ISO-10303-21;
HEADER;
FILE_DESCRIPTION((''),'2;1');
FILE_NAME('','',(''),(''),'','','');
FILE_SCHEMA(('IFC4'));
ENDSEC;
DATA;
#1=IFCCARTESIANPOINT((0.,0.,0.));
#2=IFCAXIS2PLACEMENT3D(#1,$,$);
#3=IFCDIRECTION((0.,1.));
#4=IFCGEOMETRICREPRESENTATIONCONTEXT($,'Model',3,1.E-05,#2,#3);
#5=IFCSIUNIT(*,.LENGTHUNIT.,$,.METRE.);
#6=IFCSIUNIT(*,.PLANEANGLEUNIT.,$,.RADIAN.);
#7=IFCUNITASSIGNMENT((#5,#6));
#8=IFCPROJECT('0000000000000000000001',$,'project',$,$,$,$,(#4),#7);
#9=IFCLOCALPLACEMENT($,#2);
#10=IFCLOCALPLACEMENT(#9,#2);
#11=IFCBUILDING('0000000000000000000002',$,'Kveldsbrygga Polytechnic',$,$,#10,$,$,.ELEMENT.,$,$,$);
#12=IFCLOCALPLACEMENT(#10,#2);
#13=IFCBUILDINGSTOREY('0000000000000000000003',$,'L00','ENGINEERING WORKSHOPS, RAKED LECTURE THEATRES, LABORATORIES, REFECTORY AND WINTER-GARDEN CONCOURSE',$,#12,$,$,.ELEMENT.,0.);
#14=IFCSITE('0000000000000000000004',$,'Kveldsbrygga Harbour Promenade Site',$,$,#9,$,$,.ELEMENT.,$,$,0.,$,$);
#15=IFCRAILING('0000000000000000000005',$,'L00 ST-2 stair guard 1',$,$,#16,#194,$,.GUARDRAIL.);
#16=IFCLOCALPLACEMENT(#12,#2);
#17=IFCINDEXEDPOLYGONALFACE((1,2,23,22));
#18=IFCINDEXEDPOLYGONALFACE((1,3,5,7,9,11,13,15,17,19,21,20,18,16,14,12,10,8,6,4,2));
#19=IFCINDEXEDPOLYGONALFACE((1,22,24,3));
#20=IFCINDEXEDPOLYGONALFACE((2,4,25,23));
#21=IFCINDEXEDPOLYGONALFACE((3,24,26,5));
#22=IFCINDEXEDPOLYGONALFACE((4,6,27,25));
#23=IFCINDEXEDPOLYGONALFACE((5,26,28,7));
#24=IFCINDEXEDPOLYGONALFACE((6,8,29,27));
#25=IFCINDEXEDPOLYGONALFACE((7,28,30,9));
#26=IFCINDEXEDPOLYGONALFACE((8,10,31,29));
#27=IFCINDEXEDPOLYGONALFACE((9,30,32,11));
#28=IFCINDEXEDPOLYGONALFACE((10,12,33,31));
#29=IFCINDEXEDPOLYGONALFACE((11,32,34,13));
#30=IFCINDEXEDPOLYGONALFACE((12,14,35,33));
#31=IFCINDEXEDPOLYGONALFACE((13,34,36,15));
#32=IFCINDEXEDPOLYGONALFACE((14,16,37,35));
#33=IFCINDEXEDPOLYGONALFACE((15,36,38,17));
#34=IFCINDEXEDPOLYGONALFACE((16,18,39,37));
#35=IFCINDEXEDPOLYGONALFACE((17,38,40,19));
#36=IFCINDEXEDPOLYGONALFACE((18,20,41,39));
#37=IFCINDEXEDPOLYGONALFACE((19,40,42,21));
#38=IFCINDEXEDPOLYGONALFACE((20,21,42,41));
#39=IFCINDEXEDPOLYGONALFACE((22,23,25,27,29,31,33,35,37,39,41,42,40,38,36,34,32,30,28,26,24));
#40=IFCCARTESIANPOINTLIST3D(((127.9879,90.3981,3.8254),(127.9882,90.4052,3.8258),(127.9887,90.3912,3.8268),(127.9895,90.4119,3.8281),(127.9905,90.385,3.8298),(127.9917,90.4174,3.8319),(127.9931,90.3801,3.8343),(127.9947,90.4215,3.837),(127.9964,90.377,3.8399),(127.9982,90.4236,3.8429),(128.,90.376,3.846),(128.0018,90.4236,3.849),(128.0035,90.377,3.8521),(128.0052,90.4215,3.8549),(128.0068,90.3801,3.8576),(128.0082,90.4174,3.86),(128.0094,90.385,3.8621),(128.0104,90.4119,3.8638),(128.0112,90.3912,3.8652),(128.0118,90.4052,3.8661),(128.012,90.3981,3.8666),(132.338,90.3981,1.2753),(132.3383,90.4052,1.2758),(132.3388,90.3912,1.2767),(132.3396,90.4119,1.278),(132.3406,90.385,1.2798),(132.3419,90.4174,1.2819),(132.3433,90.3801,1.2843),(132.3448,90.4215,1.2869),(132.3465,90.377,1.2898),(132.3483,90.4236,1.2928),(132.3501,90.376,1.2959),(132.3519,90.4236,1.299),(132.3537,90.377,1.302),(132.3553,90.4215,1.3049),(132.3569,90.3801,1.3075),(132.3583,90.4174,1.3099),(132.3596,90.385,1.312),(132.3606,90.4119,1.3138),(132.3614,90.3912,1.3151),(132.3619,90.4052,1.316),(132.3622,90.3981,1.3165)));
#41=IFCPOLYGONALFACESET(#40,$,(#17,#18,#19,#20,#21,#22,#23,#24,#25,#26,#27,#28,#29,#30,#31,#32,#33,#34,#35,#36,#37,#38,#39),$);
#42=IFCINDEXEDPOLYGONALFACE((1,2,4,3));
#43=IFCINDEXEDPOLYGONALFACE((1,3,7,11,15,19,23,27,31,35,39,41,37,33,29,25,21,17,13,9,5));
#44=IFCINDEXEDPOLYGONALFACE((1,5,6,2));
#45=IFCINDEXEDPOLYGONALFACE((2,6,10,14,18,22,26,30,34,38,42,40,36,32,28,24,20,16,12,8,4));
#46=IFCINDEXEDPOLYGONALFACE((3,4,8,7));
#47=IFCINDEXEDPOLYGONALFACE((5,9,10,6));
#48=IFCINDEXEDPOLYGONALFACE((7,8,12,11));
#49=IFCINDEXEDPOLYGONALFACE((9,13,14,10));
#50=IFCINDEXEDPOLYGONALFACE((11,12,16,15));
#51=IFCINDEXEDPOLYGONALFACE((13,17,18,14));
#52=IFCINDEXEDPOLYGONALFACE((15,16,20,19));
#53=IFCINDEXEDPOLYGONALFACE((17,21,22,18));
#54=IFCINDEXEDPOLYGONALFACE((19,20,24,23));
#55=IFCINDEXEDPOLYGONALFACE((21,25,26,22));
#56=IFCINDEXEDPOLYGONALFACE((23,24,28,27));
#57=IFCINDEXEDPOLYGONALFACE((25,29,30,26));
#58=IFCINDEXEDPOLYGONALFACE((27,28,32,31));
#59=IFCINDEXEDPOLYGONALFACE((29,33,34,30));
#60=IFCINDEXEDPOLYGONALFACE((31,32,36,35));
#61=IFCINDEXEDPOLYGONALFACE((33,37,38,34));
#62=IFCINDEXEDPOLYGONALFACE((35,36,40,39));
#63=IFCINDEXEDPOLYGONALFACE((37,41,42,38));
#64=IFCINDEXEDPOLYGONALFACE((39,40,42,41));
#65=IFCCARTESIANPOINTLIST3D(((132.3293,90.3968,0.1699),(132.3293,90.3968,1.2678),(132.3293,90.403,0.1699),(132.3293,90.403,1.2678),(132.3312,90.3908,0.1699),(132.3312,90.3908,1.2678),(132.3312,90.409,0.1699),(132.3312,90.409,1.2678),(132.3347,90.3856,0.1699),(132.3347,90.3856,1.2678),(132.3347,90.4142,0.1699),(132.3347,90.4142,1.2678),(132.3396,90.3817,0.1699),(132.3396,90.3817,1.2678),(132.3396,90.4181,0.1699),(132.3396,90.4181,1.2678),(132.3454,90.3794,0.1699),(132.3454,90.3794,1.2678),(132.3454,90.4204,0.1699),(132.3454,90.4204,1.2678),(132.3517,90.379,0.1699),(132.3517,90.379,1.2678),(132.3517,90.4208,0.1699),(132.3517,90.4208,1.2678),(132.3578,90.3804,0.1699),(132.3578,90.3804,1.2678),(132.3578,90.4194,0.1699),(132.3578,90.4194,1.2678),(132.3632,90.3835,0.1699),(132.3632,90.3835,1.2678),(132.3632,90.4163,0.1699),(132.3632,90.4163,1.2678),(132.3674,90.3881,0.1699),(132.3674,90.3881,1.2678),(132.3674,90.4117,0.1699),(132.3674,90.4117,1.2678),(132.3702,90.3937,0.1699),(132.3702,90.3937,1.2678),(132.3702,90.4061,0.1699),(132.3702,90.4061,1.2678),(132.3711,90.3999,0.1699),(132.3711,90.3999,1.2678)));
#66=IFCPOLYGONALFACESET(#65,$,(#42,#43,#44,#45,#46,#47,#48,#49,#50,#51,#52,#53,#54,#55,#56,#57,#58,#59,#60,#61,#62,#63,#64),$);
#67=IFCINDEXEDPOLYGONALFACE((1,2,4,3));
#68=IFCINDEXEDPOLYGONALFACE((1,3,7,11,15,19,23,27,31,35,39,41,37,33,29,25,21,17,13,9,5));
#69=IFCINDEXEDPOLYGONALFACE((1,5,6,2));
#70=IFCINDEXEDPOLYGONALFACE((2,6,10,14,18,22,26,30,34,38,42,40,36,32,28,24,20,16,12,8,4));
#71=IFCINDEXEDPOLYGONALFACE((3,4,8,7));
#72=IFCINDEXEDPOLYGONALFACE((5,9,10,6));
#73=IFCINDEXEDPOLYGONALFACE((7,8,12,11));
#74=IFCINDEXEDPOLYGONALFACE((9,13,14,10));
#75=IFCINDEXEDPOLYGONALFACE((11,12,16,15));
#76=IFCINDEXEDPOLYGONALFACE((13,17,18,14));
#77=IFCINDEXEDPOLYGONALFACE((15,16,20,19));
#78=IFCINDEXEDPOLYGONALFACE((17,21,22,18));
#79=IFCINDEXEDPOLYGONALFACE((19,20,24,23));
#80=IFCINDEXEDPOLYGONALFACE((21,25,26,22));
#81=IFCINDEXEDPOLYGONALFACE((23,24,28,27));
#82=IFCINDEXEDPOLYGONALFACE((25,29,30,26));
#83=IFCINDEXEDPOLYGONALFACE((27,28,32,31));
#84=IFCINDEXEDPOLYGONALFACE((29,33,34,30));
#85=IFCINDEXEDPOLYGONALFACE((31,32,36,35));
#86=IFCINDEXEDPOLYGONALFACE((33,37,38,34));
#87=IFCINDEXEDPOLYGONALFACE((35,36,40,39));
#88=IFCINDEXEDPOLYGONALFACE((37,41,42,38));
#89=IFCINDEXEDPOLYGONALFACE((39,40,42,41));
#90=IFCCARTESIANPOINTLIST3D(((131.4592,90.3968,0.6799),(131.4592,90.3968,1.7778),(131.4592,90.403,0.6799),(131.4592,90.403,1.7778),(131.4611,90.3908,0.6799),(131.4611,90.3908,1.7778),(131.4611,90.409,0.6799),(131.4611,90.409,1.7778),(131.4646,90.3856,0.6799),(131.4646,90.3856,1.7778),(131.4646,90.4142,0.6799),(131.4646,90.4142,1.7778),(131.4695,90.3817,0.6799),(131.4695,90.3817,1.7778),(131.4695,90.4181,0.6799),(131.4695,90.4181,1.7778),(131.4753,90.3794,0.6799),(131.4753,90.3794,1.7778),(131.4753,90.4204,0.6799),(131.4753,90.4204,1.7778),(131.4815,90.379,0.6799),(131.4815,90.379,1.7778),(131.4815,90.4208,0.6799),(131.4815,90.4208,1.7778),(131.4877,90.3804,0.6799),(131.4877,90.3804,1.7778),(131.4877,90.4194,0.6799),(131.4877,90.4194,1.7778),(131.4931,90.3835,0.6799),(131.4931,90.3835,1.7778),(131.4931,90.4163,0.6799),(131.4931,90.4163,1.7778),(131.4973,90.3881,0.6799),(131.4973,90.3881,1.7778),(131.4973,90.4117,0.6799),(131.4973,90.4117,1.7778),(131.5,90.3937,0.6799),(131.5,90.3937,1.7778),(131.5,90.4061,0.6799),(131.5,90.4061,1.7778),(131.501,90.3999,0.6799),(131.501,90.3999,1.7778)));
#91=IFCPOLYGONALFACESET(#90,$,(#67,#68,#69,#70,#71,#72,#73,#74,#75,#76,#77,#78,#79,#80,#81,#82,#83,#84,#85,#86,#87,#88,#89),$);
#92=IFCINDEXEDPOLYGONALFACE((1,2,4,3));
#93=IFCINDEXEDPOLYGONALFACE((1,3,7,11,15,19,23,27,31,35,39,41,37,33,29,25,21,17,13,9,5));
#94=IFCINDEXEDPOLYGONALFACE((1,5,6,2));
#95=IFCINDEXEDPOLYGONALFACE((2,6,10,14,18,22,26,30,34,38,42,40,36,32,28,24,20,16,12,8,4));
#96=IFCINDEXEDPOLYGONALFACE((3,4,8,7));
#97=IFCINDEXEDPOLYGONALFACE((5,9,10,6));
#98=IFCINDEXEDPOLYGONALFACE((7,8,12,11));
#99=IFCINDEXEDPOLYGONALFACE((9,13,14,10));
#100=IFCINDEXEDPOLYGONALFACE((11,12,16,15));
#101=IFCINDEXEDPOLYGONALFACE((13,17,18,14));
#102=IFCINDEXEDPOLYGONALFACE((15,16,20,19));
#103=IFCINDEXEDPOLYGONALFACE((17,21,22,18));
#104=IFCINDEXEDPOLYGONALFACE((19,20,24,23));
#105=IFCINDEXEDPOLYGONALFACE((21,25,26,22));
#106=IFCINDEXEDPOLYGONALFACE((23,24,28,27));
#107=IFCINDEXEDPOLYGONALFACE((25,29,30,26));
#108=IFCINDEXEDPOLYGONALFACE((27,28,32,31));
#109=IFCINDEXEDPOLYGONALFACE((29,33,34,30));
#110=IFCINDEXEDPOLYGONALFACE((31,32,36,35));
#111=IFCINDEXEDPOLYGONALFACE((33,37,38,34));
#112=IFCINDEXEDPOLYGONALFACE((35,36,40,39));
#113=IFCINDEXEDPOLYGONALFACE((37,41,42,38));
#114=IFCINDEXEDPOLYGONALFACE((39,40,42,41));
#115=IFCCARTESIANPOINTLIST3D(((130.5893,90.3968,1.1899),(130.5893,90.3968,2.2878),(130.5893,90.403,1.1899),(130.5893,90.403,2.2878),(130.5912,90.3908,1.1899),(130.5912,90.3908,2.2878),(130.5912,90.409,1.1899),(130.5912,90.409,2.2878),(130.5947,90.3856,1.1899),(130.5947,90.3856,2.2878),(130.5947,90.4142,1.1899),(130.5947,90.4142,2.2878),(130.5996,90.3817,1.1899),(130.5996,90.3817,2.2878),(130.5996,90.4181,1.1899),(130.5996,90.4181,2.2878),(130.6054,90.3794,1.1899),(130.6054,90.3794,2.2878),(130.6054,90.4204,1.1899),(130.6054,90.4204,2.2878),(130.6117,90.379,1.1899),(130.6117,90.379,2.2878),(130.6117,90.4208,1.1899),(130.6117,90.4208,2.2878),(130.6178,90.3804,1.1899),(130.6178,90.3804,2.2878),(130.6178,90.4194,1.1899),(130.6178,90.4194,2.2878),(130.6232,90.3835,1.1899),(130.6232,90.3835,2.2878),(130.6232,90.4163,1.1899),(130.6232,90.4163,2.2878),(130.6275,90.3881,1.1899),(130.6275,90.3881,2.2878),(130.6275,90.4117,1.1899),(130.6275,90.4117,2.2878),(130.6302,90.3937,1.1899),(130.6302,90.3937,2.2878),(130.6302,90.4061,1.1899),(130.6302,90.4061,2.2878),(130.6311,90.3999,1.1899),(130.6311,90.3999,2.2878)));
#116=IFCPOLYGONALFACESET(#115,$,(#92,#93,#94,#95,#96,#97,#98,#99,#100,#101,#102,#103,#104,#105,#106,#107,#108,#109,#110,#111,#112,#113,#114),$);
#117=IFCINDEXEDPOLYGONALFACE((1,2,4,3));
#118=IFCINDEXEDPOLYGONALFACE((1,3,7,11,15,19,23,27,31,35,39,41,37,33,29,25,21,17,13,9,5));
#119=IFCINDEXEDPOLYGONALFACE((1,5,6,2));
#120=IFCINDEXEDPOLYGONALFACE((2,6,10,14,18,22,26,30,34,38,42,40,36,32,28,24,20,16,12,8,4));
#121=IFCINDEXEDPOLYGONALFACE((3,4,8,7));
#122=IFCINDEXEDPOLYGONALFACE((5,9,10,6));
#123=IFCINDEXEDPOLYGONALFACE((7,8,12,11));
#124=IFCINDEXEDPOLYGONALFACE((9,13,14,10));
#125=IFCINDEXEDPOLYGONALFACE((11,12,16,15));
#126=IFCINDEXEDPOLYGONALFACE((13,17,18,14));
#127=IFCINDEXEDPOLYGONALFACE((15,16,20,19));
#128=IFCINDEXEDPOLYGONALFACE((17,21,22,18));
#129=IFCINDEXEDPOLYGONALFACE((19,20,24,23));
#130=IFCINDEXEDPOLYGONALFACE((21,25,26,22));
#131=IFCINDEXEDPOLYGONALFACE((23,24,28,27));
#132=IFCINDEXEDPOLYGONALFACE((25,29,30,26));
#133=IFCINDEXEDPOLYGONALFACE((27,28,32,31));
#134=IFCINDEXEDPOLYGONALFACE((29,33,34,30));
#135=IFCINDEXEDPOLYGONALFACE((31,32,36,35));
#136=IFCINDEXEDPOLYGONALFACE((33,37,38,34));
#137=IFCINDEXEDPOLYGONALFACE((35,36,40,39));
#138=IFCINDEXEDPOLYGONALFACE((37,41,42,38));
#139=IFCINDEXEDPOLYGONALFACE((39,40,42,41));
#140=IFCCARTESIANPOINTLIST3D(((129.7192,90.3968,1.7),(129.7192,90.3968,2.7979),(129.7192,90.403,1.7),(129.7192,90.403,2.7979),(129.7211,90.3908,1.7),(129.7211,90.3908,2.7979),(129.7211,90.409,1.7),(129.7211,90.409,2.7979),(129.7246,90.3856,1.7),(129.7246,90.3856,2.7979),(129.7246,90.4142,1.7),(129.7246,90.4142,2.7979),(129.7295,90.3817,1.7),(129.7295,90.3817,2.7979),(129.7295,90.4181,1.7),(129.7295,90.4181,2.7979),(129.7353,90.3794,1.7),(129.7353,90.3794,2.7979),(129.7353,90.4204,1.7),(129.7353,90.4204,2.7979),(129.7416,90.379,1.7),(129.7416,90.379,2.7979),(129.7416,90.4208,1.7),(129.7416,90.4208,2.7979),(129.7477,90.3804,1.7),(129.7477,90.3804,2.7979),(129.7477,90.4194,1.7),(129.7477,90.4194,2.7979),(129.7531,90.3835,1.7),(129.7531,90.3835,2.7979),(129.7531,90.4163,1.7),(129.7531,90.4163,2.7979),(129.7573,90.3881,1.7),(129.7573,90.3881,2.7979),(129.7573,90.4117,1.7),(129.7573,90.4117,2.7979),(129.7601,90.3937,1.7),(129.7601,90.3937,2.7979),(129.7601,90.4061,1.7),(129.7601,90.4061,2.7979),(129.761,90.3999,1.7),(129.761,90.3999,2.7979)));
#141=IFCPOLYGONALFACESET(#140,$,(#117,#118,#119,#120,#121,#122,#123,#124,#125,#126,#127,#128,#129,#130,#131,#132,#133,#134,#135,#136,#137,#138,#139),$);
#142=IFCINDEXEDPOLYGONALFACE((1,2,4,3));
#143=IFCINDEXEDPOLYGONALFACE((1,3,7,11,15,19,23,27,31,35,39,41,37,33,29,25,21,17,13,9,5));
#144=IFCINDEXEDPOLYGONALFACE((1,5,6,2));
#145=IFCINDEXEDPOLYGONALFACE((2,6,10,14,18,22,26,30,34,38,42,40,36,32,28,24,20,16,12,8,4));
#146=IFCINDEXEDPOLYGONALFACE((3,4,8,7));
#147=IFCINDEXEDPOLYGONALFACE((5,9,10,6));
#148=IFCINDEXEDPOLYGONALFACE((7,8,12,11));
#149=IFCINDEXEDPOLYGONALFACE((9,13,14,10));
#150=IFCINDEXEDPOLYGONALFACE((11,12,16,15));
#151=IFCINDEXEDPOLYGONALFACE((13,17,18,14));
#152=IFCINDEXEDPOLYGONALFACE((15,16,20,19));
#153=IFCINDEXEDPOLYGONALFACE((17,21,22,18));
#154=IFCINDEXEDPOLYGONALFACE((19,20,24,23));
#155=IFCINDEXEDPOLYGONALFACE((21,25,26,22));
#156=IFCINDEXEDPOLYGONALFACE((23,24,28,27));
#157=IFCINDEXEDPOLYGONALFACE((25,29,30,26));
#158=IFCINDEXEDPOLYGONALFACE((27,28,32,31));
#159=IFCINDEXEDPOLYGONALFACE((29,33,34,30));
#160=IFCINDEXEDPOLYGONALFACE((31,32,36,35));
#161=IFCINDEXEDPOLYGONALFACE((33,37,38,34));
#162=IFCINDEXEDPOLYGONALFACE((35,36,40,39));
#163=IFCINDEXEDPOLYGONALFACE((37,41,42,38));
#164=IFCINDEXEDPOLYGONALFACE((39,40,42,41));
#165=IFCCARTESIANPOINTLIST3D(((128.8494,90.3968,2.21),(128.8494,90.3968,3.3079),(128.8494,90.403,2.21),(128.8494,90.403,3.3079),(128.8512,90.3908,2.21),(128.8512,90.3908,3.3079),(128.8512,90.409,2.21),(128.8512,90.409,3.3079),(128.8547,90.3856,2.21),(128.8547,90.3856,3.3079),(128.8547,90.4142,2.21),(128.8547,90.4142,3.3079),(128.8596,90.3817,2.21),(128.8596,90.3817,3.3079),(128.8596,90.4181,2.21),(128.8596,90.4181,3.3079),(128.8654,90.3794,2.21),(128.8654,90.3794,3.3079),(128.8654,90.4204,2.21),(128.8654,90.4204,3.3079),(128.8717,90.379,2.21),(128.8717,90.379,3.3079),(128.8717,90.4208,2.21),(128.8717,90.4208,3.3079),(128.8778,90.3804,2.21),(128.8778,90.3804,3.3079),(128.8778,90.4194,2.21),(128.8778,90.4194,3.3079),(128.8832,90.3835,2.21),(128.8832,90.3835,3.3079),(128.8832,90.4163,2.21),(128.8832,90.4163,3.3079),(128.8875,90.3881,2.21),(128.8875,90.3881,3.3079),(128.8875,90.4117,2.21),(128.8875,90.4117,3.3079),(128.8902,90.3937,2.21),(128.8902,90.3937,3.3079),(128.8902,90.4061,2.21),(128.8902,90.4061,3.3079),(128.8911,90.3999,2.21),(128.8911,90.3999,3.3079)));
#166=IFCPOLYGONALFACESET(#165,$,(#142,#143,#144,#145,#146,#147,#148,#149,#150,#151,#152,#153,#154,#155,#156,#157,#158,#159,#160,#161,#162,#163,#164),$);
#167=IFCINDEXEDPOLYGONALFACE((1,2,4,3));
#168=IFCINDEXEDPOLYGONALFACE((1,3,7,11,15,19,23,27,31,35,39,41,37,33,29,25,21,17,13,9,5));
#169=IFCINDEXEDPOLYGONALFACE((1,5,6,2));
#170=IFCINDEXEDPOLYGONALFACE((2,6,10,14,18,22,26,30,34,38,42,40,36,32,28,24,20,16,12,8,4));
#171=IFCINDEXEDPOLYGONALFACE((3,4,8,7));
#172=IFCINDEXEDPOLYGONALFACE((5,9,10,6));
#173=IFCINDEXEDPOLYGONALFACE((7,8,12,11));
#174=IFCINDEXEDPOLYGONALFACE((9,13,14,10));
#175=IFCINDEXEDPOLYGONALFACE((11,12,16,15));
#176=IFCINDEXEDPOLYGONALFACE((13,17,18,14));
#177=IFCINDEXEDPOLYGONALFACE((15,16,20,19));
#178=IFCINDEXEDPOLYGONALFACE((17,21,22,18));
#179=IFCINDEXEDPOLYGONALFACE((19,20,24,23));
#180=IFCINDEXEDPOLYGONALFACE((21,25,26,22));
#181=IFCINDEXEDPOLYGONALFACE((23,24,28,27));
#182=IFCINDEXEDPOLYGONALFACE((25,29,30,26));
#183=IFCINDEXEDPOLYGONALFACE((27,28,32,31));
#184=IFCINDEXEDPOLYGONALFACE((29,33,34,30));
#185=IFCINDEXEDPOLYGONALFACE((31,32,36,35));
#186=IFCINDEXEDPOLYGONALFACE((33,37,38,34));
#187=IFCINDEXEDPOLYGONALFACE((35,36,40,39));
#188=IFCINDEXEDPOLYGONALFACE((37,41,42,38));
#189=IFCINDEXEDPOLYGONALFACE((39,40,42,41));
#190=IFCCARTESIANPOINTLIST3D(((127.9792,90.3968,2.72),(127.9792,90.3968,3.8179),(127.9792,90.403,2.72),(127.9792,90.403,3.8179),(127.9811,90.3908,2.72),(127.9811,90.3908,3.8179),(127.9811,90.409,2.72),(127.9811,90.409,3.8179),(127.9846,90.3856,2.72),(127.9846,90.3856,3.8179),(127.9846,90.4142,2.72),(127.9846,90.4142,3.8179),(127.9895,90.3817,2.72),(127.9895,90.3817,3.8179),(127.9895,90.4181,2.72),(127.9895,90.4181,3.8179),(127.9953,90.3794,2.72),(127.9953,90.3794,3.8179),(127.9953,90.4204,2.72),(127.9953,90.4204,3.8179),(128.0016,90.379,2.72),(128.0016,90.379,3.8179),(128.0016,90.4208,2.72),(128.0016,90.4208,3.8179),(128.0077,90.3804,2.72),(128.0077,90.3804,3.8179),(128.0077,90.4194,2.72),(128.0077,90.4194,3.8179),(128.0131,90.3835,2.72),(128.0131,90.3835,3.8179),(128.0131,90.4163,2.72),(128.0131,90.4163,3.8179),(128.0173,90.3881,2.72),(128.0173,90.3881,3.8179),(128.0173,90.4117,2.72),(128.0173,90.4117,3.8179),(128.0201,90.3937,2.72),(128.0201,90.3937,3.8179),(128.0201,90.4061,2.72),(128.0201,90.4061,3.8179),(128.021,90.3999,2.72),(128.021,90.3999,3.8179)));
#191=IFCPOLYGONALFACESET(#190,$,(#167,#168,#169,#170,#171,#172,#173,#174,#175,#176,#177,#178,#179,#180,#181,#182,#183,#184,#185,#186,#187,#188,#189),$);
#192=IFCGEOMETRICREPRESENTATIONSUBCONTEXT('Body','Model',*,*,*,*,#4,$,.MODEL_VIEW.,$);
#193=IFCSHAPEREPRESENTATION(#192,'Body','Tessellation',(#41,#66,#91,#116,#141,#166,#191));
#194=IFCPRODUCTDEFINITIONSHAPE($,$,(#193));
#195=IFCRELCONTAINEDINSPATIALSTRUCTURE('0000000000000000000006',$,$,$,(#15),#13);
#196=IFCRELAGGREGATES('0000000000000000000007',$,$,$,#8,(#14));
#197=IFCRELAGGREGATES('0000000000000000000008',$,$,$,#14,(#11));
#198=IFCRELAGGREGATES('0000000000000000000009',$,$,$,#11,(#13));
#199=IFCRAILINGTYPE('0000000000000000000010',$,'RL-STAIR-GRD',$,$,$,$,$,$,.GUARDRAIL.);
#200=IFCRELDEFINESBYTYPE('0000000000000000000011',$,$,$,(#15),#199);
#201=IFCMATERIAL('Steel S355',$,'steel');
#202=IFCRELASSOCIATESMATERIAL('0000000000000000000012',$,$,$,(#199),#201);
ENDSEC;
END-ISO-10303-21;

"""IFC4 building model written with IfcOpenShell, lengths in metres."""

from ifc_helpers import new_model, si_unit, direction, frame, origin, origin_2d, place, context, subcontext, project, spatial, circle, extrude, material, type_object, element, save


model = new_model("IFC4")

# Units and contexts
model_context = context("Model", 3, precision=1e-05, world=origin(), true_north=direction((0.0, 1.0)))
body_context = subcontext(model_context, "Body", "Model", "MODEL_VIEW")
ifc_project = project(units=[si_unit("LENGTHUNIT", "METRE"), si_unit("PLANEANGLEUNIT", "RADIAN")], contexts=[model_context])

# Site, building, storey
site_placement = place(None, origin())
site = spatial("IfcSite", under=ifc_project, at=site_placement, Name="Kveldsbrygga Harbour Promenade Site", CompositionType="ELEMENT", RefElevation=0.0)
building_placement = place(site_placement, origin())
building = spatial("IfcBuilding", under=site, at=building_placement, Name="Kveldsbrygga Polytechnic", CompositionType="ELEMENT")
storey_placement = place(building_placement, origin())
storey = spatial("IfcBuildingStorey", under=building, at=storey_placement, Name="L00", Description="ENGINEERING WORKSHOPS, RAKED LECTURE THEATRES, LABORATORIES, REFECTORY AND WINTER-GARDEN CONCOURSE", CompositionType="ELEMENT", Elevation=0.0)

# Railing
ifc_material_1 = material(Name="Steel S355", Category="steel")
railing_type_1 = type_object("IfcRailingType", Name="RL-STAIR-GRD", PredefinedType="GUARDRAIL", material=ifc_material_1)
railing_1_placement = place(storey_placement, frame((132.3501, 90.3999, 0.1699)))
element("IfcRailing", 1, at=railing_1_placement, inside=storey, type_object=railing_type_1, Name="L00 ST-2 stair guard 1", PredefinedType="GUARDRAIL", context=body_context, shape_type="SweptSolid", body=[
    extrude(circle(Radius=0.0239, at=origin_2d()), frame((0.0, 0.0, 1.126), z_axis=(-0.862699, 0.0, 0.505718), x_axis=(0.0, -1.0, 0.0)), (0.0, 0.0, 1.0), 5.0425),
    extrude(circle(Radius=0.021, at=origin_2d()), origin(), (0.0, 0.0, 1.0), 1.0979),
    extrude(circle(Radius=0.021, at=origin_2d()), frame((-0.8701, 0.0, 0.51)), (0.0, 0.0, 1.0), 1.0979),
    extrude(circle(Radius=0.021, at=origin_2d()), frame((-1.74, 0.0, 1.02)), (0.0, 0.0, 1.0), 1.0979),
    extrude(circle(Radius=0.021, at=origin_2d()), frame((-2.6101, 0.0, 1.53)), (0.0, 0.0, 1.0), 1.0979),
    extrude(circle(Radius=0.021, at=origin_2d()), frame((-3.48, 0.0, 2.04)), (0.0, 0.0, 1.0), 1.0979),
    extrude(circle(Radius=0.021, at=origin_2d()), frame((-4.3501, 0.0, 2.55)), (0.0, 0.0, 1.0), 1.0979),
])

save(model, "model.ifc")
